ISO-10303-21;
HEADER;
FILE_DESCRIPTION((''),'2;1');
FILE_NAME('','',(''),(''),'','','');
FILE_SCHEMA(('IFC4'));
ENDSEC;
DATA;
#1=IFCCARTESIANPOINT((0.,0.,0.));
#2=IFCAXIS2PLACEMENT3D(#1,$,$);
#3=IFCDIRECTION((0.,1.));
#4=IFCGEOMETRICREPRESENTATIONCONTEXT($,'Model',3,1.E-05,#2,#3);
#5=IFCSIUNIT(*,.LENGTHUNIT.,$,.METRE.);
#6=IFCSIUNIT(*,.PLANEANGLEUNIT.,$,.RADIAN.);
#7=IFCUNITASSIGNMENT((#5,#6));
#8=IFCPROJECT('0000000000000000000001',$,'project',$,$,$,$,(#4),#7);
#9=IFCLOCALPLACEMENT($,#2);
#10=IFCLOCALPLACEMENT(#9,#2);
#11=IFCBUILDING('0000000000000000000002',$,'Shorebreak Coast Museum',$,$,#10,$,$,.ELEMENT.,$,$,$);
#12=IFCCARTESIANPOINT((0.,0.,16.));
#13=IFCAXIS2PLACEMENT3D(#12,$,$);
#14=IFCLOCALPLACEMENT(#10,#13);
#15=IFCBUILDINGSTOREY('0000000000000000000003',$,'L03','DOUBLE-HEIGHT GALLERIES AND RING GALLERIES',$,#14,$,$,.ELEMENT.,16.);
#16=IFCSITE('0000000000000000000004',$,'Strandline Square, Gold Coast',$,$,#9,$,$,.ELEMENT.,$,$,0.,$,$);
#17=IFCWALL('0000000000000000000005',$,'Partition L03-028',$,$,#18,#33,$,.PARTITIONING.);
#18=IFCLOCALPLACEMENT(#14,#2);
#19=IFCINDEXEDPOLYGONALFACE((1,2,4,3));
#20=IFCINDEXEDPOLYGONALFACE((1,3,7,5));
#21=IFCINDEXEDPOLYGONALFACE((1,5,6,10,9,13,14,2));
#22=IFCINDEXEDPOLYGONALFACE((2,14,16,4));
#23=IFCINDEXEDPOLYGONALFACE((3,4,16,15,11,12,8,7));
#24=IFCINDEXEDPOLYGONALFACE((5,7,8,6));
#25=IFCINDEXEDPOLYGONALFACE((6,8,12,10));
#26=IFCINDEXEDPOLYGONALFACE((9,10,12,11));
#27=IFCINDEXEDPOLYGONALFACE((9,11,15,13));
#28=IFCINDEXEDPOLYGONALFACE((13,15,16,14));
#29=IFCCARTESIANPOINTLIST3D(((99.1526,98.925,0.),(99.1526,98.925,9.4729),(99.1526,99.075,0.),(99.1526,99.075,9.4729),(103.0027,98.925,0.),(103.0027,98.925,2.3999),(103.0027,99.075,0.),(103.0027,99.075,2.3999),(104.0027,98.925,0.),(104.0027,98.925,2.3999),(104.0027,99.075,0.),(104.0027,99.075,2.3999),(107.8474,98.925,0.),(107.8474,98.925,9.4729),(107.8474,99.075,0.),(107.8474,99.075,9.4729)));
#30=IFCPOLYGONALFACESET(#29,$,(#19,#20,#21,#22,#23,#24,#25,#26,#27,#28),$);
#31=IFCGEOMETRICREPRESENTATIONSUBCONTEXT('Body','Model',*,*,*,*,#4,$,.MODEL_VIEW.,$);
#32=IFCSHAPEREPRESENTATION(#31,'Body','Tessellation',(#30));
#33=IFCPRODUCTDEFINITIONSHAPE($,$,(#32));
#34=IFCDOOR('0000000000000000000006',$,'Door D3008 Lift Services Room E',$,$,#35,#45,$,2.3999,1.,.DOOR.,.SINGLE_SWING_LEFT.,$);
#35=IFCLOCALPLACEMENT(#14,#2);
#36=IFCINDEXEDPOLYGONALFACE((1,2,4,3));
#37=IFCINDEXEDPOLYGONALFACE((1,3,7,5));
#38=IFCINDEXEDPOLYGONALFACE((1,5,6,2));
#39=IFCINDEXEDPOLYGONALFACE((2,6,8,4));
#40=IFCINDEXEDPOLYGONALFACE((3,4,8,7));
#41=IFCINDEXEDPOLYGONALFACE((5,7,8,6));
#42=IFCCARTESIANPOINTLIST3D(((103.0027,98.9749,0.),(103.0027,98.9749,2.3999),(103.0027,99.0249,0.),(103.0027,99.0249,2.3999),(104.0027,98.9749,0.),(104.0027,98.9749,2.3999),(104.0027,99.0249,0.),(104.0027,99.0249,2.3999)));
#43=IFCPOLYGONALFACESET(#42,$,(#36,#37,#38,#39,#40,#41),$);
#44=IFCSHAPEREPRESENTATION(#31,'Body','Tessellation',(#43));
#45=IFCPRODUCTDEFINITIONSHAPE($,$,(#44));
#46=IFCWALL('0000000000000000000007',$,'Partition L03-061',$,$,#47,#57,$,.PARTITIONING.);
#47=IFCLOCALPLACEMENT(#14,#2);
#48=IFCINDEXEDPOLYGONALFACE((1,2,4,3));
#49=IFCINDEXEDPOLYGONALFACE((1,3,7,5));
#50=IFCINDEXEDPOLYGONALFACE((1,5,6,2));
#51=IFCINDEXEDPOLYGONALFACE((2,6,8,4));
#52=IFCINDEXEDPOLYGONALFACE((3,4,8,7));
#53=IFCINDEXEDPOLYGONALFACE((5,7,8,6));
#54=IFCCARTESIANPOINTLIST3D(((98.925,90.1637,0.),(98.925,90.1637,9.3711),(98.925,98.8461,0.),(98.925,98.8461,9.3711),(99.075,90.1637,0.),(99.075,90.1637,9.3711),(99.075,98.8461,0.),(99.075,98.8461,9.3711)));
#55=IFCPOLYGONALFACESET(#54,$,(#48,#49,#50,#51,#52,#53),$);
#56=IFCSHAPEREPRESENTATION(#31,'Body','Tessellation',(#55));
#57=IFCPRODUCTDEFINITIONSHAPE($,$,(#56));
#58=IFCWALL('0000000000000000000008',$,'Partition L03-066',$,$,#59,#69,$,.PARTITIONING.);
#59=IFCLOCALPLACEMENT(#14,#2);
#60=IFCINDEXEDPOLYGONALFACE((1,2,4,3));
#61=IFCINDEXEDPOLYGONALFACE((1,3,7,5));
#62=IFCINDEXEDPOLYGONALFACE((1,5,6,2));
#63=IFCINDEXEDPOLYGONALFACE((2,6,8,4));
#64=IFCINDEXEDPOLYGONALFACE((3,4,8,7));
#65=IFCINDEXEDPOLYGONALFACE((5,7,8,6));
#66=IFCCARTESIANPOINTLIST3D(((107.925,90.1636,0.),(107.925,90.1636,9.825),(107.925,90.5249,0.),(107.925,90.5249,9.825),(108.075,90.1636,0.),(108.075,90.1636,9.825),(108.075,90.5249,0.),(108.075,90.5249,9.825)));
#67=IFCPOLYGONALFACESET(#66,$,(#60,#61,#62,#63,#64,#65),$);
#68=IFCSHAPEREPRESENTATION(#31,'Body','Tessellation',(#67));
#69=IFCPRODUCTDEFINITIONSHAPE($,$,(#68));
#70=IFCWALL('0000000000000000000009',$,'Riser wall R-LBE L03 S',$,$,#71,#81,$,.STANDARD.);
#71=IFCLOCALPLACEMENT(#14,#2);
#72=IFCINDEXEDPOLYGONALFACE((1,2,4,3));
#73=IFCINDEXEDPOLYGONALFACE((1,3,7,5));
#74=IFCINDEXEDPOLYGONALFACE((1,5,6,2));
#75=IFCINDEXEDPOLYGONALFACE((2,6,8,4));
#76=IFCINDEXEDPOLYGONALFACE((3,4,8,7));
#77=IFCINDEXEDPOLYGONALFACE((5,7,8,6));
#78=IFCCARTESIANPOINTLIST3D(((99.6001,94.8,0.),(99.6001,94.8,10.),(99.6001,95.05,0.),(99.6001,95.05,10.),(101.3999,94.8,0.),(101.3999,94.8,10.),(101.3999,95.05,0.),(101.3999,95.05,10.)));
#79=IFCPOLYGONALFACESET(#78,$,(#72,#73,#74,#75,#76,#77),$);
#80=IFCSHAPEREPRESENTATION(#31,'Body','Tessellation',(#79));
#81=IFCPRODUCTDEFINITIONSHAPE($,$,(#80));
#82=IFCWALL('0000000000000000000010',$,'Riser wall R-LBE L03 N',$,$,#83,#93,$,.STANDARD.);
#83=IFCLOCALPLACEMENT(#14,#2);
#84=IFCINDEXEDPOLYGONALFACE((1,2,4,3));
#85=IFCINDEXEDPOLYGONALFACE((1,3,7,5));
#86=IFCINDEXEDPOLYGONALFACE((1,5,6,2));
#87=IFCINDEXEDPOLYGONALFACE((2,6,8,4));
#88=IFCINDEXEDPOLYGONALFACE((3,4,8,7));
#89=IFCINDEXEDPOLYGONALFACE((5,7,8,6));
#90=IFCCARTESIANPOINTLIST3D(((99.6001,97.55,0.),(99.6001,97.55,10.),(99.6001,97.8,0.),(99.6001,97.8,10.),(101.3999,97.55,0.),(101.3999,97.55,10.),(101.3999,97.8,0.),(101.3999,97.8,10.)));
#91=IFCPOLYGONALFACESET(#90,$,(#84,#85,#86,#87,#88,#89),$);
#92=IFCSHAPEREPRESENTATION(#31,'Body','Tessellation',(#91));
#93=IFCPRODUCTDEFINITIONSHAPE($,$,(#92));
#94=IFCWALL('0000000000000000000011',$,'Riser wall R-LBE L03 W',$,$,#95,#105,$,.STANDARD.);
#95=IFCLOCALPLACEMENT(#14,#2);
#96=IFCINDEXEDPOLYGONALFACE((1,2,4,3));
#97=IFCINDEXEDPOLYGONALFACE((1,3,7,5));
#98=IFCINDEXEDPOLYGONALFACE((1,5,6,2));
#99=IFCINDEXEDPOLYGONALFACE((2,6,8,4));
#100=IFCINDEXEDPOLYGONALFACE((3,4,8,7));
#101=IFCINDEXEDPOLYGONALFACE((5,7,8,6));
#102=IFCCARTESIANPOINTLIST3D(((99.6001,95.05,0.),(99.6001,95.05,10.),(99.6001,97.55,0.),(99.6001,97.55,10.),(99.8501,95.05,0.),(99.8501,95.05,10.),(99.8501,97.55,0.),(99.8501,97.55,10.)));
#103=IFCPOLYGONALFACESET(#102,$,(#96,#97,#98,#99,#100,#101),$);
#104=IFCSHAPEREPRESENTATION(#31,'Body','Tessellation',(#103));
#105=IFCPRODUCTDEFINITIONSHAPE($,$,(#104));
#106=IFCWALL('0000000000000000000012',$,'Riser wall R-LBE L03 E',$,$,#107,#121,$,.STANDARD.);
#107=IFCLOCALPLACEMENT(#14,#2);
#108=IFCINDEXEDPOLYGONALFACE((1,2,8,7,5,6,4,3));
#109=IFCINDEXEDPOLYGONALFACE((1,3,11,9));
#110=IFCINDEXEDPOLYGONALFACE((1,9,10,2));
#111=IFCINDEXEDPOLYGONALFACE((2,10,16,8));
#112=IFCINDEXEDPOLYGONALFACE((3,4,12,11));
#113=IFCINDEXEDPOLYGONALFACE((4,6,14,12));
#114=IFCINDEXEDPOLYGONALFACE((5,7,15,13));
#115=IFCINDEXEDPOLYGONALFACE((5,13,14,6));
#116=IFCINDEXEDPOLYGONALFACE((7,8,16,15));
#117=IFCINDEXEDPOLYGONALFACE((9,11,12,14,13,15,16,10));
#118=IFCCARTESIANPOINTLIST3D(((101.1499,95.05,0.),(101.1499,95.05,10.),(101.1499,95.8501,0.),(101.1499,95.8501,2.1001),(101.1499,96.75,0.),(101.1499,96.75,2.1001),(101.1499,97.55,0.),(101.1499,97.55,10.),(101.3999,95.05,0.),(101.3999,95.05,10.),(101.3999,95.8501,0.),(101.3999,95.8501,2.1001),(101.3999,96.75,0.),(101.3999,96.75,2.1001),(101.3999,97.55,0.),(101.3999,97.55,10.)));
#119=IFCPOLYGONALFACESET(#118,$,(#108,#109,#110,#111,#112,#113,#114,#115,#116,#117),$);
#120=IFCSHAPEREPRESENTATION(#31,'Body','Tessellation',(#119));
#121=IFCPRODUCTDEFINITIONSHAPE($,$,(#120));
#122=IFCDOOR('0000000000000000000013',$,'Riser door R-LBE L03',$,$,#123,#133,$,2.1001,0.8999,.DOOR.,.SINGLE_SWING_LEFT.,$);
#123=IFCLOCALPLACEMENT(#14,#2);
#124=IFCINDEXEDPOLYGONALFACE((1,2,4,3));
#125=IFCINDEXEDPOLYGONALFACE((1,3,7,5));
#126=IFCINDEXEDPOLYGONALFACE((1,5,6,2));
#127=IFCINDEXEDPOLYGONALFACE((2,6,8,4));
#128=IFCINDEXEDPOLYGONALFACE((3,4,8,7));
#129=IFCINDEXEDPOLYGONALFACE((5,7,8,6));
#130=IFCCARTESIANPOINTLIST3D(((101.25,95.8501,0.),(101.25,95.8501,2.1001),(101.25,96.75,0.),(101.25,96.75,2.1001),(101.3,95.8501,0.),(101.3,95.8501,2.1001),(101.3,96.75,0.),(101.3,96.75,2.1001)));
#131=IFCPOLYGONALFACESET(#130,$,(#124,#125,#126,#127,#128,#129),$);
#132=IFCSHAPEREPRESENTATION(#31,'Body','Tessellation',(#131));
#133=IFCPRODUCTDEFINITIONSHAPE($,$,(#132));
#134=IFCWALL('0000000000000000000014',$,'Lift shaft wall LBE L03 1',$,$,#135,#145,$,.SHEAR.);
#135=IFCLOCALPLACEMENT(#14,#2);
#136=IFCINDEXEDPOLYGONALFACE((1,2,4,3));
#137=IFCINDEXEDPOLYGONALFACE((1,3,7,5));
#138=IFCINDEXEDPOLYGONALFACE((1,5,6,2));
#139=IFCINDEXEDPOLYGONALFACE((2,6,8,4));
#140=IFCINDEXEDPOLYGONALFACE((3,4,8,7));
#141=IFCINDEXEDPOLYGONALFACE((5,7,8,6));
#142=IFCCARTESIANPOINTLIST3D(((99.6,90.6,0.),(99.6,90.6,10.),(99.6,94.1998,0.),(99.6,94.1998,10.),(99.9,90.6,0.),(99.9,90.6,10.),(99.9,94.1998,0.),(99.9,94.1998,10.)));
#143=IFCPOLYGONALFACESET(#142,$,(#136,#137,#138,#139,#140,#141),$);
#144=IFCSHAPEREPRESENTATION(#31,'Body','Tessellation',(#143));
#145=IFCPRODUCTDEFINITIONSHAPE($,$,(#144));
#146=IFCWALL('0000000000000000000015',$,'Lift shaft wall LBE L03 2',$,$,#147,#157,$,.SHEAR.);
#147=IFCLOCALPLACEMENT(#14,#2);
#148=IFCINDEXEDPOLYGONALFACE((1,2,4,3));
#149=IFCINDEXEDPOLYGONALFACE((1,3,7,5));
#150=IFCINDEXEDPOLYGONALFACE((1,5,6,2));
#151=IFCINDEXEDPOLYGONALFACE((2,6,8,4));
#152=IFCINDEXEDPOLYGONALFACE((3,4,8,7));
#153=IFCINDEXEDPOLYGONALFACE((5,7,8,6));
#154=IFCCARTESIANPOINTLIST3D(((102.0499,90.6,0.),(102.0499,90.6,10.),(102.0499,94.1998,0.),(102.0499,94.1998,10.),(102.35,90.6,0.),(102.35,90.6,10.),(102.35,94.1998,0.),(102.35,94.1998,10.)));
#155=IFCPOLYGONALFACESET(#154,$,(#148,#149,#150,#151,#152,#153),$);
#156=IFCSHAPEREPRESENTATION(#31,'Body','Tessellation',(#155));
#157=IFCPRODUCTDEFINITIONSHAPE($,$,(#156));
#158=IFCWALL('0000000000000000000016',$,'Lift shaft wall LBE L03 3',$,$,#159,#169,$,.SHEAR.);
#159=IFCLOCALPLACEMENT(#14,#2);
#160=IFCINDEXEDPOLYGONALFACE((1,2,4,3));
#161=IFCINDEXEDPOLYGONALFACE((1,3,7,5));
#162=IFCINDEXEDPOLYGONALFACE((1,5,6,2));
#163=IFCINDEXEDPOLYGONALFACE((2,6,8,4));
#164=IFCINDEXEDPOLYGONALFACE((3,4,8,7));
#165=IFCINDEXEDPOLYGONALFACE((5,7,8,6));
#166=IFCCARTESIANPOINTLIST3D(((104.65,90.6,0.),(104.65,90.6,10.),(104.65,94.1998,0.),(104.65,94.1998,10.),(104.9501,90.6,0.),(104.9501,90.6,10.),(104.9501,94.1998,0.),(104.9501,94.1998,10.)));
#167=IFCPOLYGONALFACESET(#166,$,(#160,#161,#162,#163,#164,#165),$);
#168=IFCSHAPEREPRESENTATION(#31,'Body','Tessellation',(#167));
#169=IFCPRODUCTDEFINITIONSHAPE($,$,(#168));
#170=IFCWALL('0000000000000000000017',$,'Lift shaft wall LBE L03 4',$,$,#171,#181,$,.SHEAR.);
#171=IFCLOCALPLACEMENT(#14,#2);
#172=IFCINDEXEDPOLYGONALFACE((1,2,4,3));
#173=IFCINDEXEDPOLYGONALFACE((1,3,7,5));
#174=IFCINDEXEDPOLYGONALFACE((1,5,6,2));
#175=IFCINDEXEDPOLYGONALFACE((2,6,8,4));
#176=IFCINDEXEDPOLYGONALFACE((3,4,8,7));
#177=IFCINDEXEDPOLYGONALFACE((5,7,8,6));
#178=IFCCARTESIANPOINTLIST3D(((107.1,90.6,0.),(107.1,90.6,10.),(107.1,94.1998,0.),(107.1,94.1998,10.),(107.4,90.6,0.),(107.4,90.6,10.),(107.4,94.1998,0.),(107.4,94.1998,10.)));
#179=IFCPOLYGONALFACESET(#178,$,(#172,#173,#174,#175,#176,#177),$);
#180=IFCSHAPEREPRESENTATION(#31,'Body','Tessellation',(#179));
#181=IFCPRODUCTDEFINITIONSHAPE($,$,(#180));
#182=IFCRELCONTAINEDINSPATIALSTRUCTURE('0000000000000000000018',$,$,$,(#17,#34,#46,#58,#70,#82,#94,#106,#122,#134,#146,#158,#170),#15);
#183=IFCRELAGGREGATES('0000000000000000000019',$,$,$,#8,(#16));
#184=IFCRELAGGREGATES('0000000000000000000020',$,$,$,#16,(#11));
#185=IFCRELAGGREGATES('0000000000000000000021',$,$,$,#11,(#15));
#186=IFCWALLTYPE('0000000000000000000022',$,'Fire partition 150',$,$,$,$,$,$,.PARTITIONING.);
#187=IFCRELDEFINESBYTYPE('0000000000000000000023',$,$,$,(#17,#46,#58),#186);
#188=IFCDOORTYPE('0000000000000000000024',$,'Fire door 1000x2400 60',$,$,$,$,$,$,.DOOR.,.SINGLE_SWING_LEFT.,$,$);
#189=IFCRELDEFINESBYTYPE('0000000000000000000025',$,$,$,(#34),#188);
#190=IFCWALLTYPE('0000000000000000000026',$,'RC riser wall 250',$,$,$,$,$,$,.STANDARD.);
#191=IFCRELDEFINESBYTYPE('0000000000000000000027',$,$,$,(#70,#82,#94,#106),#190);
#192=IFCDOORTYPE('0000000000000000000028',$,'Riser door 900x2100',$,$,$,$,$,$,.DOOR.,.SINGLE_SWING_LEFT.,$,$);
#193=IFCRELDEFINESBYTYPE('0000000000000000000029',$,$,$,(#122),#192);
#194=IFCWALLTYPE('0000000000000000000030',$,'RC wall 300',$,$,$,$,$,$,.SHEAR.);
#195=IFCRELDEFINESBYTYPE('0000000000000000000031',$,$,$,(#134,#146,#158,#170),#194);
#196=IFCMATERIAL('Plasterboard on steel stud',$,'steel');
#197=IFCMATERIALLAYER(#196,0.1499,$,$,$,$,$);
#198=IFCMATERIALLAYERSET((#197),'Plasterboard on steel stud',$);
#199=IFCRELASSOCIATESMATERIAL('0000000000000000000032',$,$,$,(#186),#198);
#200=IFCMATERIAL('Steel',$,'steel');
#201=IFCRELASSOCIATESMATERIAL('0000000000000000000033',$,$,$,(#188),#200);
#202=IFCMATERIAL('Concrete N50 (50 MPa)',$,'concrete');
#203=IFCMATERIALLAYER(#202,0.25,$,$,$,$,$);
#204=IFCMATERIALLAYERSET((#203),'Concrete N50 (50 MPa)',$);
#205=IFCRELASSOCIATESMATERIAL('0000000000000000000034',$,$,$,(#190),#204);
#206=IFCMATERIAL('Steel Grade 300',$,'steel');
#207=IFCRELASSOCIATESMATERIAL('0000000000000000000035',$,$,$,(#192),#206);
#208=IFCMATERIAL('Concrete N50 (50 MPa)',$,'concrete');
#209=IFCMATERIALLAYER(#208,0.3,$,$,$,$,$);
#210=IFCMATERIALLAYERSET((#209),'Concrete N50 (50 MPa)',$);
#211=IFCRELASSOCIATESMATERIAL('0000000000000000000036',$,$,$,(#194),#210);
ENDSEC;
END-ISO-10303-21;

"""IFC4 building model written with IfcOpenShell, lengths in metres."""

from ifc_helpers import new_model, si_unit, direction, frame, frame_2d, origin, place, context, subcontext, project, spatial, rectangle, extrude, material, layer, layer_set, type_object, element, fill, save


model = new_model("IFC4")

# Units and contexts
model_context = context("Model", 3, precision=1e-05, world=origin(), true_north=direction((0.0, 1.0)))
body_context = subcontext(model_context, "Body", "Model", "MODEL_VIEW")
ifc_project = project(units=[si_unit("LENGTHUNIT", "METRE"), si_unit("PLANEANGLEUNIT", "RADIAN")], contexts=[model_context])

# Site, building, storey
site_placement = place(None, origin())
site = spatial("IfcSite", under=ifc_project, at=site_placement, Name="Strandline Square, Gold Coast", CompositionType="ELEMENT", RefElevation=0.0)
building_placement = place(site_placement, origin())
building = spatial("IfcBuilding", under=site, at=building_placement, Name="Shorebreak Coast Museum", CompositionType="ELEMENT")
storey_placement = place(building_placement, frame((0.0, 0.0, 16.0)))
storey = spatial("IfcBuildingStorey", under=building, at=storey_placement, Name="L03", Description="DOUBLE-HEIGHT GALLERIES AND RING GALLERIES", CompositionType="ELEMENT", Elevation=16.0)

# Shared definitions
ifc_material_1 = material(Name="Plasterboard on steel stud", Category="steel")
ifc_layer_1 = layer(ifc_material_1, 0.1499)
ifc_layer_set_1 = layer_set([ifc_layer_1], Name="Plasterboard on steel stud")
wall_type_1 = type_object("IfcWallType", Name="Fire partition 150", PredefinedType="PARTITIONING", material=ifc_layer_set_1)

# Wall, opening, door
wall_1_placement = place(storey_placement, frame((99.1526, 99.0, 0.0), z_axis=(0.0, 0.0, 1.0), x_axis=(1.0, 0.0, 0.0)))
wall_1 = element("IfcWall", 1, at=wall_1_placement, inside=storey, type_object=wall_type_1, Name="Partition L03-028", PredefinedType="PARTITIONING", context=body_context, shape_type="SweptSolid", body=[
    extrude(rectangle(XDim=8.6948, YDim=0.1499, at=frame_2d((4.3474, 0.0))), origin(), (0.0, 0.0, 1.0), 9.4729),
])
opening_1_placement = place(wall_1_placement, frame((3.8501, 0.0, 0.0)))
opening_1 = element("IfcOpeningElement", 2, at=opening_1_placement, cuts=wall_1, PredefinedType="OPENING", context=body_context, shape_type="SweptSolid", body=[
    extrude(rectangle(XDim=1.0, YDim=2.3999, at=frame_2d((0.5, 1.2))), frame((0.0, 0.085, 0.0), z_axis=(0.0, -1.0, 0.0), x_axis=(1.0, 0.0, 0.0)), (0.0, 0.0, 1.0), 0.1699),
])
ifc_material_2 = material(Name="Steel", Category="steel")
door_type_1 = type_object("IfcDoorType", Name="Fire door 1000x2400 60", OperationType="SINGLE_SWING_LEFT", PredefinedType="DOOR", material=ifc_material_2)
door_1_placement = place(opening_1_placement, origin())
door_1 = element("IfcDoor", 3, at=door_1_placement, inside=storey, type_object=door_type_1, Name="Door D3008 Lift Services Room E", OperationType="SINGLE_SWING_LEFT", OverallHeight=2.3999, OverallWidth=1.0, PredefinedType="DOOR", context=body_context, shape_type="SweptSolid", body=[
    extrude(rectangle(XDim=1.0, YDim=2.3999, at=frame_2d((0.5, 1.2))), frame((0.0, 0.0249, 0.0), z_axis=(0.0, -1.0, 0.0), x_axis=(1.0, 0.0, 0.0)), (0.0, 0.0, 1.0), 0.05),
])
fill(opening_1, door_1)

# Walls
wall_2_placement = place(storey_placement, frame((99.0, 90.1636, 0.0), z_axis=(0.0, 0.0, 1.0), x_axis=(0.0, 1.0, 0.0)))
element("IfcWall", 4, at=wall_2_placement, inside=storey, type_object=wall_type_1, Name="Partition L03-061", PredefinedType="PARTITIONING", context=body_context, shape_type="SweptSolid", body=[
    extrude(rectangle(XDim=8.6824, YDim=0.1499, at=frame_2d((4.3413, 0.0))), origin(), (0.0, 0.0, 1.0), 9.3711),
])
wall_3_placement = place(storey_placement, frame((108.0, 90.1636, 0.0), z_axis=(0.0, 0.0, 1.0), x_axis=(0.0, 1.0, 0.0)))
element("IfcWall", 5, at=wall_3_placement, inside=storey, type_object=wall_type_1, Name="Partition L03-066", PredefinedType="PARTITIONING", context=body_context, shape_type="SweptSolid", body=[
    extrude(rectangle(XDim=0.3613, YDim=0.1499, at=frame_2d((0.1807, 0.0))), origin(), (0.0, 0.0, 1.0), 9.825),
])
ifc_material_3 = material(Name="Concrete N50 (50 MPa)", Category="concrete")
ifc_layer_2 = layer(ifc_material_3, 0.25)
ifc_layer_set_2 = layer_set([ifc_layer_2], Name="Concrete N50 (50 MPa)")
wall_type_2 = type_object("IfcWallType", Name="RC riser wall 250", PredefinedType="STANDARD", material=ifc_layer_set_2)
for number, where, z_axis, x_axis, name in (
    (6, (99.6001, 94.925, 0.0), (0.0, 0.0, 1.0), (1.0, 0.0, 0.0), "Riser wall R-LBE L03 S"),
    (7, (99.6001, 97.675, 0.0), (0.0, 0.0, 1.0), (1.0, 0.0, 0.0), "Riser wall R-LBE L03 N"),
):
    element("IfcWall", number, at=place(storey_placement, frame(where, z_axis=z_axis, x_axis=x_axis)), inside=storey, type_object=wall_type_2, Name=name, PredefinedType="STANDARD", context=body_context, shape_type="SweptSolid", body=[
        extrude(rectangle(XDim=1.7998, YDim=0.25, at=frame_2d((0.8999, 0.0))), origin(), (0.0, 0.0, 1.0), 10.0),
    ])
wall_4_placement = place(storey_placement, frame((99.7251, 95.05, 0.0), z_axis=(0.0, 0.0, 1.0), x_axis=(0.0, 1.0, 0.0)))
element("IfcWall", 8, at=wall_4_placement, inside=storey, type_object=wall_type_2, Name="Riser wall R-LBE L03 W", PredefinedType="STANDARD", context=body_context, shape_type="SweptSolid", body=[
    extrude(rectangle(XDim=2.5, YDim=0.25, at=frame_2d((1.25, 0.0))), origin(), (0.0, 0.0, 1.0), 10.0),
])

# Wall, opening, door
wall_5_placement = place(storey_placement, frame((101.2749, 95.05, 0.0), z_axis=(0.0, 0.0, 1.0), x_axis=(0.0, 1.0, 0.0)))
wall_5 = element("IfcWall", 9, at=wall_5_placement, inside=storey, type_object=wall_type_2, Name="Riser wall R-LBE L03 E", PredefinedType="STANDARD", context=body_context, shape_type="SweptSolid", body=[
    extrude(rectangle(XDim=2.5, YDim=0.25, at=frame_2d((1.25, 0.0))), origin(), (0.0, 0.0, 1.0), 10.0),
])
opening_2_placement = place(wall_5_placement, frame((0.8, 0.0, 0.0)))
opening_2 = element("IfcOpeningElement", 10, at=opening_2_placement, cuts=wall_5, PredefinedType="OPENING", context=body_context, shape_type="SweptSolid", body=[
    extrude(rectangle(XDim=0.8999, YDim=2.1001, at=frame_2d((0.45, 1.05))), frame((0.0, 0.135, 0.0), z_axis=(0.0, -1.0, 0.0), x_axis=(1.0, 0.0, 0.0)), (0.0, 0.0, 1.0), 0.27),
])
ifc_material_4 = material(Name="Steel Grade 300", Category="steel")
door_type_2 = type_object("IfcDoorType", Name="Riser door 900x2100", OperationType="SINGLE_SWING_LEFT", PredefinedType="DOOR", material=ifc_material_4)
door_2_placement = place(opening_2_placement, origin())
door_2 = element("IfcDoor", 11, at=door_2_placement, inside=storey, type_object=door_type_2, Name="Riser door R-LBE L03", OperationType="SINGLE_SWING_LEFT", OverallHeight=2.1001, OverallWidth=0.8999, PredefinedType="DOOR", context=body_context, shape_type="SweptSolid", body=[
    extrude(rectangle(XDim=0.8999, YDim=2.1001, at=frame_2d((0.45, 1.05))), frame((0.0, 0.0249, 0.0), z_axis=(0.0, -1.0, 0.0), x_axis=(1.0, 0.0, 0.0)), (0.0, 0.0, 1.0), 0.05),
])
fill(opening_2, door_2)

# Walls
ifc_material_5 = material(Name="Concrete N50 (50 MPa)", Category="concrete")
ifc_layer_3 = layer(ifc_material_5, 0.3)
ifc_layer_set_3 = layer_set([ifc_layer_3], Name="Concrete N50 (50 MPa)")
wall_type_3 = type_object("IfcWallType", Name="RC wall 300", PredefinedType="SHEAR", material=ifc_layer_set_3)
for number, where, z_axis, x_axis, name in (
    (12, (99.75, 90.6001, 0.0), (0.0, 0.0, 1.0), (0.0, 1.0, 0.0), "Lift shaft wall LBE L03 1"),
    (13, (102.2, 90.6001, 0.0), (0.0, 0.0, 1.0), (0.0, 1.0, 0.0), "Lift shaft wall LBE L03 2"),
    (14, (104.8, 90.6001, 0.0), (0.0, 0.0, 1.0), (0.0, 1.0, 0.0), "Lift shaft wall LBE L03 3"),
    (15, (107.25, 90.6001, 0.0), (0.0, 0.0, 1.0), (0.0, 1.0, 0.0), "Lift shaft wall LBE L03 4"),
):
    element("IfcWall", number, at=place(storey_placement, frame(where, z_axis=z_axis, x_axis=x_axis)), inside=storey, type_object=wall_type_3, Name=name, PredefinedType="SHEAR", context=body_context, shape_type="SweptSolid", body=[
        extrude(rectangle(XDim=3.5999, YDim=0.3, at=frame_2d((1.7998, 0.0))), origin(), (0.0, 0.0, 1.0), 10.0),
    ])

save(model, "model.ifc")
